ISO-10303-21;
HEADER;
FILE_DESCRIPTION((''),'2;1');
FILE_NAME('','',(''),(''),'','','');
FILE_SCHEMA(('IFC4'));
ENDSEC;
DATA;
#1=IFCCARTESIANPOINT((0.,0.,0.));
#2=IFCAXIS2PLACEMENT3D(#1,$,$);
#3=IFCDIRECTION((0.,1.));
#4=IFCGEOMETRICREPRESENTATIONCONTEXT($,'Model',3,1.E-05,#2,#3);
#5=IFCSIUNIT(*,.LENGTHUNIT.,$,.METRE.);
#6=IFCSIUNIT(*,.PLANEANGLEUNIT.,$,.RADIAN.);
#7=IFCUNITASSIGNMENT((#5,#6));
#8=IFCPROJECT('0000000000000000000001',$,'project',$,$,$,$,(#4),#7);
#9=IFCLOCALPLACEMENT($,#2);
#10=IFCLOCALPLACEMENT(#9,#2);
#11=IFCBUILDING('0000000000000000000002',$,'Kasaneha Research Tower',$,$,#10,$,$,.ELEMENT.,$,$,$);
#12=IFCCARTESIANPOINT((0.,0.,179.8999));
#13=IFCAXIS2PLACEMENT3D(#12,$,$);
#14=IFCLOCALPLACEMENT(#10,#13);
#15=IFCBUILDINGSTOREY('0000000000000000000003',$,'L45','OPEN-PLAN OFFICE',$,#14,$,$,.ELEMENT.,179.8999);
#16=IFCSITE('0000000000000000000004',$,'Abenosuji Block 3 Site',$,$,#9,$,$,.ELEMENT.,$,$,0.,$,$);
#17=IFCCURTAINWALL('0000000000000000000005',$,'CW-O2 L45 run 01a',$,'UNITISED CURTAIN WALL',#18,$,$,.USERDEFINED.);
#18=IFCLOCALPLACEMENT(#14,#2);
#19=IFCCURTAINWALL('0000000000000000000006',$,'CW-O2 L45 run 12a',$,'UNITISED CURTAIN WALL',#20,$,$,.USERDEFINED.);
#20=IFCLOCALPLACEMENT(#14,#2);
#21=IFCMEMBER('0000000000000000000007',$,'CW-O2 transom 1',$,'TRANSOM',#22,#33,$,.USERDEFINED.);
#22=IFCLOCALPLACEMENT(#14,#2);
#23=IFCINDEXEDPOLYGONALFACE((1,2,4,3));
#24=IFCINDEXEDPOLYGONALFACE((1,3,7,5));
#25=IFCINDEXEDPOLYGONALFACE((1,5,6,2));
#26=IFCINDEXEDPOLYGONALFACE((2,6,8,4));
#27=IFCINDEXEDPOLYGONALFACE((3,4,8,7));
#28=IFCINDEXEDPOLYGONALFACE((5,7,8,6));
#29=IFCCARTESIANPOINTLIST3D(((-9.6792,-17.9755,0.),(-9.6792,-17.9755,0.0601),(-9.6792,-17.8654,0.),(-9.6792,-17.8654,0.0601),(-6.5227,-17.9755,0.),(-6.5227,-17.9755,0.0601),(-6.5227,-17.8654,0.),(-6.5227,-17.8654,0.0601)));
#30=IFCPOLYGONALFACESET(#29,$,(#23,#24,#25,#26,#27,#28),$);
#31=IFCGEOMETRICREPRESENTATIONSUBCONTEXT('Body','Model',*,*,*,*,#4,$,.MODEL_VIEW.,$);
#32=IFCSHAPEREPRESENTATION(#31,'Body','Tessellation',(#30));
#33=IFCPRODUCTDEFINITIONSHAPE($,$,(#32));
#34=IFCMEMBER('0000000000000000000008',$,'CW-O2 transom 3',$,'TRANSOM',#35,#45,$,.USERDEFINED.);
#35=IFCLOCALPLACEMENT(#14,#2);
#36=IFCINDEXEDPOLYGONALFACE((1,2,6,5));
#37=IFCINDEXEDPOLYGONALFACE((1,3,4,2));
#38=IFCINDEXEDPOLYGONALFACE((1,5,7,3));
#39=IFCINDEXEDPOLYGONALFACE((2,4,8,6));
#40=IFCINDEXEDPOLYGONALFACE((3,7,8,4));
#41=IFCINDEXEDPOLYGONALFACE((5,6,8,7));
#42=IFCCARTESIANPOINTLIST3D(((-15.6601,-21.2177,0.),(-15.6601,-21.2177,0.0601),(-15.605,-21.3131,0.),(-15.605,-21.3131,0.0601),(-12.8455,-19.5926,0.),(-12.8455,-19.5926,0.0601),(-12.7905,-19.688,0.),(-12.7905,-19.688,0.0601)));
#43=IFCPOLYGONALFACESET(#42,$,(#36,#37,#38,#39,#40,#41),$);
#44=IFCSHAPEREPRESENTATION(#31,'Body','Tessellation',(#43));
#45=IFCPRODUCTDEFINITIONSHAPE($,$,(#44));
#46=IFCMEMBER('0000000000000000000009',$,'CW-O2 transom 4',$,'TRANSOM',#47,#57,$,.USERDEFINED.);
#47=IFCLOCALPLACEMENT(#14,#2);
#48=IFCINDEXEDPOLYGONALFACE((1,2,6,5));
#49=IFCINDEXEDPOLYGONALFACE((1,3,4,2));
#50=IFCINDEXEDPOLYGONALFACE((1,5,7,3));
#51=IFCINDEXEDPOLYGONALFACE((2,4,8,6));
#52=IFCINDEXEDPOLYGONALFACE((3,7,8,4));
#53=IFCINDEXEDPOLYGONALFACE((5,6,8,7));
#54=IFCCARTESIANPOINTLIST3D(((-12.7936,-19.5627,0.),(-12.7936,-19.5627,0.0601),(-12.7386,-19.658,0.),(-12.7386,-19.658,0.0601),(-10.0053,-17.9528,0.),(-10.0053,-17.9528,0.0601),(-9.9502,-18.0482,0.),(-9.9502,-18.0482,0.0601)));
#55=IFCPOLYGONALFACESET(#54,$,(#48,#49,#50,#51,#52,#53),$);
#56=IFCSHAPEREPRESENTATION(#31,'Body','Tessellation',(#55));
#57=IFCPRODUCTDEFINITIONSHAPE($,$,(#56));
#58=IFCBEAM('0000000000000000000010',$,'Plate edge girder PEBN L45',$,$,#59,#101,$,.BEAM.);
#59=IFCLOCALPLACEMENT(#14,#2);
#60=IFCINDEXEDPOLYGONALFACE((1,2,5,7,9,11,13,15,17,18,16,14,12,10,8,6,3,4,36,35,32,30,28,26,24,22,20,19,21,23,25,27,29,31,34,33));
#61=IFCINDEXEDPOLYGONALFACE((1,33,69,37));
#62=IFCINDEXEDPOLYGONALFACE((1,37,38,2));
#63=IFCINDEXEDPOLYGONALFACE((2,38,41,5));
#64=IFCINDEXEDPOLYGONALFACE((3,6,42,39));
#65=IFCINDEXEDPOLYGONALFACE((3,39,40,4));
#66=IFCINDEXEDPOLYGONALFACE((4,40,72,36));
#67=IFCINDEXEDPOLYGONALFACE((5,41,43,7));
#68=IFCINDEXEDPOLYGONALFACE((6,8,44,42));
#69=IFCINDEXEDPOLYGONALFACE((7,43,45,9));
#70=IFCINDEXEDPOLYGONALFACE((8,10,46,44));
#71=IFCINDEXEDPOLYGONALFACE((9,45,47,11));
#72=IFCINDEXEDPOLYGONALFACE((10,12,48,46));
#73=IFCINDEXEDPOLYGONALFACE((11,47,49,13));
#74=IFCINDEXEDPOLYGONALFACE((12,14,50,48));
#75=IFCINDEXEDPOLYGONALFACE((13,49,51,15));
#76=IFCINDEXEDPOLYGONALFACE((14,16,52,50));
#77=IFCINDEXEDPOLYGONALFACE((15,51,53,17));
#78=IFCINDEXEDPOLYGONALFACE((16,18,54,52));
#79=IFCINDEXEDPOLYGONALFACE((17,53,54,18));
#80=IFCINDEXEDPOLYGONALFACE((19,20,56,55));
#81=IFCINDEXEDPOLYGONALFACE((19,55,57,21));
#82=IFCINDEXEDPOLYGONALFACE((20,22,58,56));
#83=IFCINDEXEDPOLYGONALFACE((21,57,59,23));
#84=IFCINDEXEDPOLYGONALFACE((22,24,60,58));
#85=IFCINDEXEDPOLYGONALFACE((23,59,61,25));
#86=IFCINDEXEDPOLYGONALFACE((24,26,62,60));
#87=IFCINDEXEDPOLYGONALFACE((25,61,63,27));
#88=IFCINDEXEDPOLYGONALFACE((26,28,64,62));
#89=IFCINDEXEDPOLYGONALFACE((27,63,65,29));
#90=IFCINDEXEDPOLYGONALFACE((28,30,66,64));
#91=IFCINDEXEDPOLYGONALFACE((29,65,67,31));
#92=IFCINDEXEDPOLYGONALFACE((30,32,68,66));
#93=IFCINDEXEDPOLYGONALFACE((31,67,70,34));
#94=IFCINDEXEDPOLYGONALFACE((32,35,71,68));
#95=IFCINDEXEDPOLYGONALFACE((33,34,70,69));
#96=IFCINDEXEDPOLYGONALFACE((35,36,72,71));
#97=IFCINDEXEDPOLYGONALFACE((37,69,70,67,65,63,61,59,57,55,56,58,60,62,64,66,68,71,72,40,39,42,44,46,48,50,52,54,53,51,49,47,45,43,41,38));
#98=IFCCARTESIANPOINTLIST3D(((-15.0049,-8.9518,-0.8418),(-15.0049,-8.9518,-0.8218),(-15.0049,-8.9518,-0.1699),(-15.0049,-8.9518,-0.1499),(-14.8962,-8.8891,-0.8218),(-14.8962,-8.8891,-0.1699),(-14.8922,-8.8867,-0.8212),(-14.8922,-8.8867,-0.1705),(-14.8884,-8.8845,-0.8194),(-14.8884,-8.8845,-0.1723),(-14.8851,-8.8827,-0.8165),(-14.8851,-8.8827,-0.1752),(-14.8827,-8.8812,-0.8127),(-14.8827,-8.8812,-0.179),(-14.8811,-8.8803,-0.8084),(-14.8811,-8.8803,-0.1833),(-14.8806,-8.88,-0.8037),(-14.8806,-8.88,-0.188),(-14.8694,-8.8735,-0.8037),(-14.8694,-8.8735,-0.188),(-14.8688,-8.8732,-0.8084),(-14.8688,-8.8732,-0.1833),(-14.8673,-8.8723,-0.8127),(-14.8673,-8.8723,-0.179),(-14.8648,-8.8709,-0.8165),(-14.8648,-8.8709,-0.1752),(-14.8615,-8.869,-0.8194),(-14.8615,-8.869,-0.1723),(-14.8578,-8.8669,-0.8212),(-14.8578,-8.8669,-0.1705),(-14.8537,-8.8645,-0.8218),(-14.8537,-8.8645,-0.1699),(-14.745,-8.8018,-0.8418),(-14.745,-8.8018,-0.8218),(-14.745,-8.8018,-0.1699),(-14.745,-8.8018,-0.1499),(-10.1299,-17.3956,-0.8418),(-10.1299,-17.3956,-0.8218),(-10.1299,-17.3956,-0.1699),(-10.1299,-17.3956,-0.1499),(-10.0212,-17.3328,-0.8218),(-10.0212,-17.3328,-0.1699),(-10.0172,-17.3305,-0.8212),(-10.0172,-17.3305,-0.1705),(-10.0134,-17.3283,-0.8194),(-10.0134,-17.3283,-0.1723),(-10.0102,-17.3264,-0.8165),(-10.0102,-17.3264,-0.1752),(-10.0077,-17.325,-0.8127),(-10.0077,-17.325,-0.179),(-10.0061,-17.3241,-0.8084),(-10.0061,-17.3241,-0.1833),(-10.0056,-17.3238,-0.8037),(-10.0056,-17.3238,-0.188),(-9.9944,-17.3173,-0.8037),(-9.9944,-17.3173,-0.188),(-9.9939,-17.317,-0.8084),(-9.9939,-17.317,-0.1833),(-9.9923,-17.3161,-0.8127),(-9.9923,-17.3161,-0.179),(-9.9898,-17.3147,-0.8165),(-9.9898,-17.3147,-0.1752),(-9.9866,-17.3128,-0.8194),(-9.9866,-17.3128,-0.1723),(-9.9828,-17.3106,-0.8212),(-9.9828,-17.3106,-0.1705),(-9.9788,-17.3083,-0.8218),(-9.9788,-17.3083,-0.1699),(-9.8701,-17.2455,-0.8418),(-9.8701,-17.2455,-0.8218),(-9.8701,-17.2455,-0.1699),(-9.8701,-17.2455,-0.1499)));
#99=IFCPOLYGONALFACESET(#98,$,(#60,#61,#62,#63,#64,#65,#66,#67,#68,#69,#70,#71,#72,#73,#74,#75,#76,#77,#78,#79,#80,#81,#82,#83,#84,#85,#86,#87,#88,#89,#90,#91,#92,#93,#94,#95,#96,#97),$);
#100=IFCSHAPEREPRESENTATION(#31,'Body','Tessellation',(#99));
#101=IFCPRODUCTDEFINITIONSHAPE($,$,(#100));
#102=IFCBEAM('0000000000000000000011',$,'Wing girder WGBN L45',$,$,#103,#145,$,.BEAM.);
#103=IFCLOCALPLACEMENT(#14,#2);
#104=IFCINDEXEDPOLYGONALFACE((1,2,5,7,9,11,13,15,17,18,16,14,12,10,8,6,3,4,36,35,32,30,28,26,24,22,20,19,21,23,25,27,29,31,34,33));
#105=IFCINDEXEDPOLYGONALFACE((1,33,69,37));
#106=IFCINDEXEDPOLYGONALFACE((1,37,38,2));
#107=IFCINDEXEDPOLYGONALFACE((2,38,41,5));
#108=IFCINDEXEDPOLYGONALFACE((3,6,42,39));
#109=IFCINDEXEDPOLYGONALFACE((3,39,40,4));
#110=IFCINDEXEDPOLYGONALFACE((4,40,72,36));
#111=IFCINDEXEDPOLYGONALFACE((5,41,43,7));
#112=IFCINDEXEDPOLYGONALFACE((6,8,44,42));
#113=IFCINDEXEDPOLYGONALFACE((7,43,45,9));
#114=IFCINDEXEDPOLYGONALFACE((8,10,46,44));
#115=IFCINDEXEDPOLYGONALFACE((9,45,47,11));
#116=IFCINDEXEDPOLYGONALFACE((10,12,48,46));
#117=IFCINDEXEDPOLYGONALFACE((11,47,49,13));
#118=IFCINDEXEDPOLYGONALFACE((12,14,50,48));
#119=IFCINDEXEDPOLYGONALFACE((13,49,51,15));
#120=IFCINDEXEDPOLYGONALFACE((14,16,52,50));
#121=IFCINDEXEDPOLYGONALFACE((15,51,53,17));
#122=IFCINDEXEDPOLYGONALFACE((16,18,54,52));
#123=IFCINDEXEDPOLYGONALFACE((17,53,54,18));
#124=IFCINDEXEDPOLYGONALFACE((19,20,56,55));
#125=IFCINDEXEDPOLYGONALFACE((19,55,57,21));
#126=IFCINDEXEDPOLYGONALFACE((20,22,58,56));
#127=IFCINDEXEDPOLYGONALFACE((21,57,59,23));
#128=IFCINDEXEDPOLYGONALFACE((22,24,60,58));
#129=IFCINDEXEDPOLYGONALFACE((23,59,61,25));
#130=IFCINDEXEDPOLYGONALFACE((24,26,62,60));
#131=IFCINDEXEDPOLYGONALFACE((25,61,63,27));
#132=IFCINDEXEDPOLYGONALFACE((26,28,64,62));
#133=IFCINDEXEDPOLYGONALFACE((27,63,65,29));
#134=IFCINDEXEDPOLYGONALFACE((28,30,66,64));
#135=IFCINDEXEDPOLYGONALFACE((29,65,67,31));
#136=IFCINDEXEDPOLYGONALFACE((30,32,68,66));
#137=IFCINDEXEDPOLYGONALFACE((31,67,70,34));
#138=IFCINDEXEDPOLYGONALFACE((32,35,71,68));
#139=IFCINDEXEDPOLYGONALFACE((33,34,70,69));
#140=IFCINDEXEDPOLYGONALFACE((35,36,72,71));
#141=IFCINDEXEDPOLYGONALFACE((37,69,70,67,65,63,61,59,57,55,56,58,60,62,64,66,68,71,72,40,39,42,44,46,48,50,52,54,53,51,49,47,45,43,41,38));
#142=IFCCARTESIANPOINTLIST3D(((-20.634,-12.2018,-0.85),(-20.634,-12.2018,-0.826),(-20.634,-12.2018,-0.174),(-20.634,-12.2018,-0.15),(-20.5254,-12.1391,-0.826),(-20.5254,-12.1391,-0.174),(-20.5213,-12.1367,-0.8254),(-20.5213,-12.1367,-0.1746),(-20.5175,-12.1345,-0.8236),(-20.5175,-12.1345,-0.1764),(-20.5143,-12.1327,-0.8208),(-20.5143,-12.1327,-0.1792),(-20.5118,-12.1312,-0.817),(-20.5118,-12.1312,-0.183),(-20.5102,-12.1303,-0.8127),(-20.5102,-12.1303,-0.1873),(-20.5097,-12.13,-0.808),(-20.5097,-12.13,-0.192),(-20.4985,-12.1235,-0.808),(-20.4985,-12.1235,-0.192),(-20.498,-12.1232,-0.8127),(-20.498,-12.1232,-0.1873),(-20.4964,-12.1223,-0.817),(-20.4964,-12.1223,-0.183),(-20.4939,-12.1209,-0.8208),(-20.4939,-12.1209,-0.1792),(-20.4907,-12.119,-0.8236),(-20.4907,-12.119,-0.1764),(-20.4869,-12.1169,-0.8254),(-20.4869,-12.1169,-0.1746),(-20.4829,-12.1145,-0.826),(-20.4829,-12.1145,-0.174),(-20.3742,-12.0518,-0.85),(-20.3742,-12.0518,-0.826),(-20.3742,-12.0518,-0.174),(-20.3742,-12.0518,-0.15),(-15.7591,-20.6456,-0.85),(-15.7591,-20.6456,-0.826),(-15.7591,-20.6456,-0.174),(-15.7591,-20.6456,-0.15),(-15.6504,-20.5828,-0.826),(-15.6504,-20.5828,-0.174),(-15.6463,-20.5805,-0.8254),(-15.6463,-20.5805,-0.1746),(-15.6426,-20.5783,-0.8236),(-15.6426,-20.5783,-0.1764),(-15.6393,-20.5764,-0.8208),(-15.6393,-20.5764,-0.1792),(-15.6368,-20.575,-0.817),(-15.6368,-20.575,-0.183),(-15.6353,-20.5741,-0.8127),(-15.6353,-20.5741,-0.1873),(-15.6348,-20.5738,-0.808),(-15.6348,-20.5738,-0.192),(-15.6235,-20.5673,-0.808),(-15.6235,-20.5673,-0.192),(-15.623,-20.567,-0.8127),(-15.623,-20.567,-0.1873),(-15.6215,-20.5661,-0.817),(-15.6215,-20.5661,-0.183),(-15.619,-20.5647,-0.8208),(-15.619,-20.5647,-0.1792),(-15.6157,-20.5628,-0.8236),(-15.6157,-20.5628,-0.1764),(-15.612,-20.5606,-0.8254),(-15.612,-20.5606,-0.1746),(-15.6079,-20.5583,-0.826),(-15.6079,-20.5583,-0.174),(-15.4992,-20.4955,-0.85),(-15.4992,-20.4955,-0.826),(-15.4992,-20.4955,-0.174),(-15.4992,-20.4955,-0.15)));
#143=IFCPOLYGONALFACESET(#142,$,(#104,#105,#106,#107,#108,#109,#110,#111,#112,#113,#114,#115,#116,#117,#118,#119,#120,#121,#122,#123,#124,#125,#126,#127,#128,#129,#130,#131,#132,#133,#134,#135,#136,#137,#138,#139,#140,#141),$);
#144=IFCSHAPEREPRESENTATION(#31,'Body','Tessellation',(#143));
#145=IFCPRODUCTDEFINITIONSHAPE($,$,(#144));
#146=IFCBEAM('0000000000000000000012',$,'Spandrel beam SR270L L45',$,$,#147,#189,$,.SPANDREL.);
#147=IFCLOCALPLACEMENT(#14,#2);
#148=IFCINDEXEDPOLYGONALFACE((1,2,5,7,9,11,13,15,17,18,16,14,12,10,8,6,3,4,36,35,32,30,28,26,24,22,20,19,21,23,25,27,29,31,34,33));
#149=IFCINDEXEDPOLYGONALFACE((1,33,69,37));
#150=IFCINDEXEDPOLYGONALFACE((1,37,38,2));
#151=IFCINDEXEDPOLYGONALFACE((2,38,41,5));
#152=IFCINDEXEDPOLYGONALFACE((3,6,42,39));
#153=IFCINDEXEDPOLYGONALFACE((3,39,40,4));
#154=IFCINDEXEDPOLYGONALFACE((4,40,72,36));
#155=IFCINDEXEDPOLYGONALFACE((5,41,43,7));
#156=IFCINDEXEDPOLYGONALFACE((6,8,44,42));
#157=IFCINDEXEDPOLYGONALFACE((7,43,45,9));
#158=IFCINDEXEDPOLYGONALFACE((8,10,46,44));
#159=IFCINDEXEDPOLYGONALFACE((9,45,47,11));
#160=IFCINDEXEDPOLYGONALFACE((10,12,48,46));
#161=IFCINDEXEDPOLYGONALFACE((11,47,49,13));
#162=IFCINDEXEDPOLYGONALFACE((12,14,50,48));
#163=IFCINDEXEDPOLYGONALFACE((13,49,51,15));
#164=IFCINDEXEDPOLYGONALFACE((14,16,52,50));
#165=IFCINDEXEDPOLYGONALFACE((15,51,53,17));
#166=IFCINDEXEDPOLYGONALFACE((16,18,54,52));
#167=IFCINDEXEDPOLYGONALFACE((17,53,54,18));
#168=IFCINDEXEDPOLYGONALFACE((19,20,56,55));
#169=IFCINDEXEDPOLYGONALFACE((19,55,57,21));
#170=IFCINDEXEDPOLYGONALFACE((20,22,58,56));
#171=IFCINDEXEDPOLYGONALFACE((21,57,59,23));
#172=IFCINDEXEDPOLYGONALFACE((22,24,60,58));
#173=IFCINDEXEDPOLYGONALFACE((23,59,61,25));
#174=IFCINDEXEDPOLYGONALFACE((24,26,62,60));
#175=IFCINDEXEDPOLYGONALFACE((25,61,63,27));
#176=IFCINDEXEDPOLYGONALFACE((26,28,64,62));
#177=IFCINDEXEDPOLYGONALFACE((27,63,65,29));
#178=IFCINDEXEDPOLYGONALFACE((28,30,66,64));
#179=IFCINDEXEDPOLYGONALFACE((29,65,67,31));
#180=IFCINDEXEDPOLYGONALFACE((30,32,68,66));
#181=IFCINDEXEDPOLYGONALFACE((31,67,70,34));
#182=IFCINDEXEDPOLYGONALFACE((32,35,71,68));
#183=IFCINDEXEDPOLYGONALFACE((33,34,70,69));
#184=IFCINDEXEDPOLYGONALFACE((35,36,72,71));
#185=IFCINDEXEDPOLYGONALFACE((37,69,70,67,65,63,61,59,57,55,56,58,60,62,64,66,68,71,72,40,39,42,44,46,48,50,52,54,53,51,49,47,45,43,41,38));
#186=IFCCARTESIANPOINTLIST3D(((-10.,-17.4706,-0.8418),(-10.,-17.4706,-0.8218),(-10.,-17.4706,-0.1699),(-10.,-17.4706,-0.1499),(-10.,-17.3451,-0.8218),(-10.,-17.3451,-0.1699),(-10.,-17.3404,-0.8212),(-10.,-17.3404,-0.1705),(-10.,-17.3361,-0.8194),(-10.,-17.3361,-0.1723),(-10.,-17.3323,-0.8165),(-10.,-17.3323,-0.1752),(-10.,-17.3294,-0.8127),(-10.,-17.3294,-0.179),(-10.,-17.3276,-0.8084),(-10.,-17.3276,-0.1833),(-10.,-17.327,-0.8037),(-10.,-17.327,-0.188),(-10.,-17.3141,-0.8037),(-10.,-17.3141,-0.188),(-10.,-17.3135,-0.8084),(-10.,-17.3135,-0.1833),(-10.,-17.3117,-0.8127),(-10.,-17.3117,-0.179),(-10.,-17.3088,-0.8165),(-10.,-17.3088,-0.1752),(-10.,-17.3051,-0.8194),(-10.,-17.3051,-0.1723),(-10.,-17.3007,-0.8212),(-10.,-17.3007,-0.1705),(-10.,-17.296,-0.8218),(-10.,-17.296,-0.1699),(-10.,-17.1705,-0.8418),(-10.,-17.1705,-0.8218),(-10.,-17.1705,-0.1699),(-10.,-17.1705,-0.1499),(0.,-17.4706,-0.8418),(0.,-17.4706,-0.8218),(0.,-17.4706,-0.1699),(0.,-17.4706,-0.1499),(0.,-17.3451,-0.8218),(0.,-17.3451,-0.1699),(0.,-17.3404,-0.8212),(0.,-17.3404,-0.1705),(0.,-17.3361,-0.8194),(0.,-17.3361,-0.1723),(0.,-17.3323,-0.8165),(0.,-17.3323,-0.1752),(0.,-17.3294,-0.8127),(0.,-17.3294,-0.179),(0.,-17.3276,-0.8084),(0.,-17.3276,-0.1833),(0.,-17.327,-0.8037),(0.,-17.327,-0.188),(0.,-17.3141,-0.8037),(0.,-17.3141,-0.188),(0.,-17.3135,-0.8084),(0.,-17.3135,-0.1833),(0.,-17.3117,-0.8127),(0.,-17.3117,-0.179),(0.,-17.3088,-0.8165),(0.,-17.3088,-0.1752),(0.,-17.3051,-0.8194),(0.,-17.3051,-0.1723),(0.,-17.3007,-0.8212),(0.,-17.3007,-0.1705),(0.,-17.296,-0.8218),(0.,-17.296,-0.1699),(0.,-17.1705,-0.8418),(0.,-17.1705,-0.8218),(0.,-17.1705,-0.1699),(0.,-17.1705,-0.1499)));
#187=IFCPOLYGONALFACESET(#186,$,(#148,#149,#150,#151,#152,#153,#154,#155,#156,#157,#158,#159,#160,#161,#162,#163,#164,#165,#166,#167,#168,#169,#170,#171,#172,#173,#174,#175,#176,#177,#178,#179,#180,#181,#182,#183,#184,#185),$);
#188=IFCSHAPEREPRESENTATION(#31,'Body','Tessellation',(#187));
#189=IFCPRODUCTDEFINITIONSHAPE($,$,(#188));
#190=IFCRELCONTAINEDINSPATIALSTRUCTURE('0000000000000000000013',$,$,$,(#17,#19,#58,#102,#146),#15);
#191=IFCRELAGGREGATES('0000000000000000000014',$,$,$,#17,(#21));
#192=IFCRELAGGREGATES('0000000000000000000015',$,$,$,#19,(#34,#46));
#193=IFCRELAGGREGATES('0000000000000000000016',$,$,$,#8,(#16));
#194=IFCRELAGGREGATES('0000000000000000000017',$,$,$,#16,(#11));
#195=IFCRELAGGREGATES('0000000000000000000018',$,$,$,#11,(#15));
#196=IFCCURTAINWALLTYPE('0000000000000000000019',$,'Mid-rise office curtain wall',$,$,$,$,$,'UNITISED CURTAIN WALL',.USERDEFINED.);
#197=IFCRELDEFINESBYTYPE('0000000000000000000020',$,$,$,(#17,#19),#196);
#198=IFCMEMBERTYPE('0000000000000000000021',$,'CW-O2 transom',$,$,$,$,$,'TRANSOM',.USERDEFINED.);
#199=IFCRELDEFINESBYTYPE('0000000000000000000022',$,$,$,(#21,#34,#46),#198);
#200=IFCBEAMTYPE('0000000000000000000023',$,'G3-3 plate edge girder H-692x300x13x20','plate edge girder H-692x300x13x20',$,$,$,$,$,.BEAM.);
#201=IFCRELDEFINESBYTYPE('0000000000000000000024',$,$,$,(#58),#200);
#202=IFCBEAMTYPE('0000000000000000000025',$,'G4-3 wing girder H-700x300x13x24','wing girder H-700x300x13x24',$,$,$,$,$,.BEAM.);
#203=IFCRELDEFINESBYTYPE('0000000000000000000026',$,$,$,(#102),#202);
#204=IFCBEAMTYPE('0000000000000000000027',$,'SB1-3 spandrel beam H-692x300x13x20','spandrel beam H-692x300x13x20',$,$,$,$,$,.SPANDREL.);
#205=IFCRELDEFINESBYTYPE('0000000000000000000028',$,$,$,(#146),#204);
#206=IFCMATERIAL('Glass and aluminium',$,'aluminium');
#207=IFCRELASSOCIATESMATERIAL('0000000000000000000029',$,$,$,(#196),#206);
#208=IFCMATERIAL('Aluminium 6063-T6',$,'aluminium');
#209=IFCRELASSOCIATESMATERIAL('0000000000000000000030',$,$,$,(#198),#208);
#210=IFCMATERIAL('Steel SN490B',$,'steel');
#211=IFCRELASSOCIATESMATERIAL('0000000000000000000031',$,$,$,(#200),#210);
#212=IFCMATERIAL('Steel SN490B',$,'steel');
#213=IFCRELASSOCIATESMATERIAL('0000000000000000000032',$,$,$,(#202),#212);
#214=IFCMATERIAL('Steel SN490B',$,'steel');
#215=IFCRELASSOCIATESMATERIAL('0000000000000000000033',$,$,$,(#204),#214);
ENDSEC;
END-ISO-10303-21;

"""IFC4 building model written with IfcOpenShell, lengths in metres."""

from ifc_helpers import new_model, si_unit, direction, frame, origin, origin_2d, place, context, subcontext, project, spatial, rectangle, i_section, extrude, material, material_profile, profile_set, type_object, element, aggregate, save


model = new_model("IFC4")

# Units and contexts
model_context = context("Model", 3, precision=1e-05, world=origin(), true_north=direction((0.0, 1.0)))
body_context = subcontext(model_context, "Body", "Model", "MODEL_VIEW")
ifc_project = project(units=[si_unit("LENGTHUNIT", "METRE"), si_unit("PLANEANGLEUNIT", "RADIAN")], contexts=[model_context])

# Site, building, storey
site_placement = place(None, origin())
site = spatial("IfcSite", under=ifc_project, at=site_placement, Name="Abenosuji Block 3 Site", CompositionType="ELEMENT", RefElevation=0.0)
building_placement = place(site_placement, origin())
building = spatial("IfcBuilding", under=site, at=building_placement, Name="Kasaneha Research Tower", CompositionType="ELEMENT")
storey_placement = place(building_placement, frame((0.0, 0.0, 179.8999)))
storey = spatial("IfcBuildingStorey", under=building, at=storey_placement, Name="L45", Description="OPEN-PLAN OFFICE", CompositionType="ELEMENT", Elevation=179.8999)

# Curtain wall
ifc_material_1 = material(Name="Glass and aluminium", Category="aluminium")
curtain_wall_type = type_object("IfcCurtainWallType", Name="Mid-rise office curtain wall", ElementType="UNITISED CURTAIN WALL", PredefinedType="USERDEFINED", material=ifc_material_1)
curtain_wall_1_placement = place(storey_placement, origin())
curtain_wall_1 = element("IfcCurtainWall", 1, at=curtain_wall_1_placement, inside=storey, type_object=curtain_wall_type, Name="CW-O2 L45 run 01a", ObjectType="UNITISED CURTAIN WALL", PredefinedType="USERDEFINED")

# Curtain wall
curtain_wall_2_placement = place(storey_placement, origin())
curtain_wall_2 = element("IfcCurtainWall", 2, at=curtain_wall_2_placement, inside=storey, type_object=curtain_wall_type, Name="CW-O2 L45 run 12a", ObjectType="UNITISED CURTAIN WALL", PredefinedType="USERDEFINED")

# Members
ifc_material_2 = material(Name="Aluminium 6063-T6", Category="aluminium")
ifc_material_profile_1 = material_profile(ifc_material_2, rectangle(XDim=0.1101, YDim=0.0601, at=origin_2d()), Name="CW-O2 transom 110x60")
ifc_profile_set_1 = profile_set([ifc_material_profile_1], Name="Aluminium 6063-T6")
member_type_1 = type_object("IfcMemberType", Name="CW-O2 transom", ElementType="TRANSOM", PredefinedType="USERDEFINED", material=ifc_profile_set_1)
member_1_placement = place(storey_placement, frame((-9.6792, -17.9204, 0.03), z_axis=(1.0, 0.0, 0.0), x_axis=(0.0, 1.0, 0.0)))
member_1 = element("IfcMember", 3, at=member_1_placement, type_object=member_type_1, Name="CW-O2 transom 1", ObjectType="TRANSOM", PredefinedType="USERDEFINED", context=body_context, shape_type="SweptSolid", body=[
    extrude(rectangle(XDim=0.1101, YDim=0.0601, at=origin_2d()), origin(), (0.0, 0.0, 1.0), 3.1565),
])
aggregate(curtain_wall_1, [member_1])
member_2_placement = place(storey_placement, frame((-15.6326, -21.2654, 0.03), z_axis=(0.866015, 0.500017, 0.0), x_axis=(-0.500017, 0.866015, 0.0)))
member_2 = element("IfcMember", 4, at=member_2_placement, type_object=member_type_1, Name="CW-O2 transom 3", ObjectType="TRANSOM", PredefinedType="USERDEFINED", context=body_context, shape_type="SweptSolid", body=[
    extrude(rectangle(XDim=0.1101, YDim=0.0601, at=origin_2d()), origin(), (0.0, 0.0, 1.0), 3.25),
])
member_3_placement = place(storey_placement, frame((-12.7661, -19.6104, 0.03), z_axis=(0.866023, 0.500005, 0.0), x_axis=(-0.500005, 0.866023, 0.0)))
member_3 = element("IfcMember", 5, at=member_3_placement, type_object=member_type_1, Name="CW-O2 transom 4", ObjectType="TRANSOM", PredefinedType="USERDEFINED", context=body_context, shape_type="SweptSolid", body=[
    extrude(rectangle(XDim=0.1101, YDim=0.0601, at=origin_2d()), origin(), (0.0, 0.0, 1.0), 3.2197),
])

# Beams
ifc_material_3 = material(Name="Steel SN490B", Category="steel")
ifc_material_profile_2 = material_profile(ifc_material_3, i_section(OverallWidth=0.3, OverallDepth=0.6919, WebThickness=0.0129, FlangeThickness=0.02, FilletRadius=0.0181, at=origin_2d()), Name="H-692x300x13x20")
ifc_profile_set_2 = profile_set([ifc_material_profile_2], Name="Steel SN490B")
beam_type_1 = type_object("IfcBeamType", Name="G3-3 plate edge girder H-692x300x13x20", Description="plate edge girder H-692x300x13x20", PredefinedType="BEAM", material=ifc_profile_set_2)
beam_1_placement = place(storey_placement, frame((-10.0, -17.3206, -0.4958), z_axis=(-0.499996, 0.866028, 0.0), x_axis=(-0.866028, -0.499996, 0.0)))
element("IfcBeam", 6, at=beam_1_placement, inside=storey, type_object=beam_type_1, Name="Plate edge girder PEBN L45", PredefinedType="BEAM", context=body_context, shape_type="SweptSolid", body=[
    extrude(i_section(OverallWidth=0.3, OverallDepth=0.6919, WebThickness=0.0129, FlangeThickness=0.02, FilletRadius=0.0181, at=origin_2d()), origin(), (0.0, 0.0, 1.0), 9.75),
])
ifc_material_4 = material(Name="Steel SN490B", Category="steel")
ifc_material_profile_3 = material_profile(ifc_material_4, i_section(OverallWidth=0.3, OverallDepth=0.7, WebThickness=0.0129, FlangeThickness=0.0239, FilletRadius=0.0181, at=origin_2d()), Name="H-700x300x13x24")
ifc_profile_set_3 = profile_set([ifc_material_profile_3], Name="Steel SN490B")
beam_type_2 = type_object("IfcBeamType", Name="G4-3 wing girder H-700x300x13x24", Description="wing girder H-700x300x13x24", PredefinedType="BEAM", material=ifc_profile_set_3)
beam_2_placement = place(storey_placement, frame((-15.6292, -20.5706, -0.5), z_axis=(-0.499996, 0.866028, 0.0), x_axis=(-0.866028, -0.499996, 0.0)))
element("IfcBeam", 7, at=beam_2_placement, inside=storey, type_object=beam_type_2, Name="Wing girder WGBN L45", PredefinedType="BEAM", context=body_context, shape_type="SweptSolid", body=[
    extrude(i_section(OverallWidth=0.3, OverallDepth=0.7, WebThickness=0.0129, FlangeThickness=0.0239, FilletRadius=0.0181, at=origin_2d()), origin(), (0.0, 0.0, 1.0), 9.75),
])
ifc_material_5 = material(Name="Steel SN490B", Category="steel")
ifc_material_profile_4 = material_profile(ifc_material_5, i_section(OverallWidth=0.3, OverallDepth=0.6919, WebThickness=0.0129, FlangeThickness=0.02, FilletRadius=0.0181, at=origin_2d()), Name="H-692x300x13x20")
ifc_profile_set_4 = profile_set([ifc_material_profile_4], Name="Steel SN490B")
beam_type_3 = type_object("IfcBeamType", Name="SB1-3 spandrel beam H-692x300x13x20", Description="spandrel beam H-692x300x13x20", PredefinedType="SPANDREL", material=ifc_profile_set_4)
beam_3_placement = place(storey_placement, frame((-10.0, -17.3206, -0.4958), z_axis=(1.0, 0.0, 0.0), x_axis=(0.0, 1.0, 0.0)))
element("IfcBeam", 8, at=beam_3_placement, inside=storey, type_object=beam_type_3, Name="Spandrel beam SR270L L45", PredefinedType="SPANDREL", context=body_context, shape_type="SweptSolid", body=[
    extrude(i_section(OverallWidth=0.3, OverallDepth=0.6919, WebThickness=0.0129, FlangeThickness=0.02, FilletRadius=0.0181, at=origin_2d()), origin(), (0.0, 0.0, 1.0), 10.0),
])

aggregate(curtain_wall_2, [member_2, member_3])

save(model, "model.ifc")
